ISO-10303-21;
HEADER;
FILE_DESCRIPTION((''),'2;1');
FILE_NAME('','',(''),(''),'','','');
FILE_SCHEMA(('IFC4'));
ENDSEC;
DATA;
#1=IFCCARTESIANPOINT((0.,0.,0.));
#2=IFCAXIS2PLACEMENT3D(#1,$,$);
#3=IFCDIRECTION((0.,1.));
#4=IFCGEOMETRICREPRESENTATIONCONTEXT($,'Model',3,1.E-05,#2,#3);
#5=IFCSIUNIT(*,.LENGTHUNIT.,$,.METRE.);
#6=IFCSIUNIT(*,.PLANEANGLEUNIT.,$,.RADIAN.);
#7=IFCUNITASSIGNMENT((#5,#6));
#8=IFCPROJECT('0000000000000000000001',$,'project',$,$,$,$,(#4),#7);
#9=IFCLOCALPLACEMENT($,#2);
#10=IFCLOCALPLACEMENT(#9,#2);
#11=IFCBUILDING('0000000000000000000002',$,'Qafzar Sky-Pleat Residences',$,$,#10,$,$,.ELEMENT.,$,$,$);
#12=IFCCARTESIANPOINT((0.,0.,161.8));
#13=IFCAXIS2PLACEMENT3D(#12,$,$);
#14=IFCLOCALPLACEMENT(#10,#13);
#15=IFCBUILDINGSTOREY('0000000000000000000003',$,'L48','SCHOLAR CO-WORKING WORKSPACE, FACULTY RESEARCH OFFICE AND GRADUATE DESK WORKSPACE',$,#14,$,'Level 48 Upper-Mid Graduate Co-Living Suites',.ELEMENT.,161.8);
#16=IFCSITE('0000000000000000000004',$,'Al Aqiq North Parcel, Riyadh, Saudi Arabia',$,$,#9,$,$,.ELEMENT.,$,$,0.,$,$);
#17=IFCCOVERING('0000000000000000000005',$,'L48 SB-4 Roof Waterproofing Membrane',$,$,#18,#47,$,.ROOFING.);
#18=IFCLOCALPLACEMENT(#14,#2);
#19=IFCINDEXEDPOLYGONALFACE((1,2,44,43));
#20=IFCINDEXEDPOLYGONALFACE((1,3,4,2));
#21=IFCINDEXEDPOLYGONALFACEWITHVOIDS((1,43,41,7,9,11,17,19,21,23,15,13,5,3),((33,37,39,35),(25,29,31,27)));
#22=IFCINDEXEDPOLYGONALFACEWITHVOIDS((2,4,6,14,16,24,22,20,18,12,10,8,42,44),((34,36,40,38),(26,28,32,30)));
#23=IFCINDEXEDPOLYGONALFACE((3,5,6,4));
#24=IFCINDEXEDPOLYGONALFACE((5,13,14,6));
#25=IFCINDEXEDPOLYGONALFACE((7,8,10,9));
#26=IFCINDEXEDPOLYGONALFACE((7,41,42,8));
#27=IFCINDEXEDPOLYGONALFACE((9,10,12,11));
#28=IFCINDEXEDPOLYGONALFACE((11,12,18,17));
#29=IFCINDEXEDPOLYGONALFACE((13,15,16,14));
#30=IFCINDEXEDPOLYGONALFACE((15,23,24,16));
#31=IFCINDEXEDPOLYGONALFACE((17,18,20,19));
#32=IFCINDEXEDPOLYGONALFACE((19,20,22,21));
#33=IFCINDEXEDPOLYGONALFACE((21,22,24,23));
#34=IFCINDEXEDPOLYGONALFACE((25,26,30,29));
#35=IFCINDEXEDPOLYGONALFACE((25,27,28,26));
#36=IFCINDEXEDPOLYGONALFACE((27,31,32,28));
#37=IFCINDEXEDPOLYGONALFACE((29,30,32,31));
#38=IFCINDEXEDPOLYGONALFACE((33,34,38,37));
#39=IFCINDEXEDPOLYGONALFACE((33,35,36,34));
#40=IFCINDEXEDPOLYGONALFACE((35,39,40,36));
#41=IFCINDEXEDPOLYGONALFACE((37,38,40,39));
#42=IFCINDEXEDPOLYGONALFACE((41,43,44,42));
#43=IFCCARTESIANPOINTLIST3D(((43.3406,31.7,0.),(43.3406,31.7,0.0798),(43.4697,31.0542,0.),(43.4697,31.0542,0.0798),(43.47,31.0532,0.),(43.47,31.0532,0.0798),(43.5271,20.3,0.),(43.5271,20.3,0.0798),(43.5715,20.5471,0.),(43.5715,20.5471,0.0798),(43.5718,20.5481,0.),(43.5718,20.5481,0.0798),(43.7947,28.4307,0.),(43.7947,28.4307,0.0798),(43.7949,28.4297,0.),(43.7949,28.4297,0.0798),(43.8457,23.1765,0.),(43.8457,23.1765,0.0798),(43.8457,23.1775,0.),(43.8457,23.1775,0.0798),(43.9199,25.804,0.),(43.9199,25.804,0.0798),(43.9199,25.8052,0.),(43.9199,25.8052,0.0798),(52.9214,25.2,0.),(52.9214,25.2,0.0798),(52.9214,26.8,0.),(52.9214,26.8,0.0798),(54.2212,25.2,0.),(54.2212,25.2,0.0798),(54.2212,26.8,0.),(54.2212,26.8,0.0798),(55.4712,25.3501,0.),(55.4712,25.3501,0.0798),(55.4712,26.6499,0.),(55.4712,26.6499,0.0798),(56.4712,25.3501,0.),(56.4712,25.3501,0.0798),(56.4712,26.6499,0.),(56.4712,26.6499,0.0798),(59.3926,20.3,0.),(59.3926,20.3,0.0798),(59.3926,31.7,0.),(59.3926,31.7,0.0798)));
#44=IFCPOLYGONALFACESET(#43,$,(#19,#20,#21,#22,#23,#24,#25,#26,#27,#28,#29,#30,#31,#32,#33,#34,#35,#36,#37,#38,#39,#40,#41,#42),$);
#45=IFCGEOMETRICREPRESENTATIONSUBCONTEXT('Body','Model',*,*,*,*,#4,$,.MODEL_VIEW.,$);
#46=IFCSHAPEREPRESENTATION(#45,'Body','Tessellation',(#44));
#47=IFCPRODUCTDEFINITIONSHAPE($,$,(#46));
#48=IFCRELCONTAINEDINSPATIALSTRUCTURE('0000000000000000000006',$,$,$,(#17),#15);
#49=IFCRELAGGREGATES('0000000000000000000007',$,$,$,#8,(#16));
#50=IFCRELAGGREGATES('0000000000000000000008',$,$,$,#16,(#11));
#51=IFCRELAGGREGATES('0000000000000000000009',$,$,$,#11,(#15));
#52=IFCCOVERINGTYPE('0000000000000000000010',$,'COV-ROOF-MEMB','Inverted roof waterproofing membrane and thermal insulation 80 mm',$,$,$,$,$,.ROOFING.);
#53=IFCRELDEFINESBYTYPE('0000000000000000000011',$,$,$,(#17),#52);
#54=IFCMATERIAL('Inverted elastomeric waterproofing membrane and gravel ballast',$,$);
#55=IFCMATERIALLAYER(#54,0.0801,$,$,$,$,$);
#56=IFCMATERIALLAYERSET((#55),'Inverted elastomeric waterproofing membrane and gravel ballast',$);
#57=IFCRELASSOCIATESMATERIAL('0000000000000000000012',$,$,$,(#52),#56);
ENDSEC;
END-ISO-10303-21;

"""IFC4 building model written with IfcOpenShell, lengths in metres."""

from ifc_helpers import new_model, si_unit, direction, frame, origin, place, context, subcontext, project, spatial, polyline, outline, extrude, material, layer, layer_set, type_object, element, save


model = new_model("IFC4")

# Units and contexts
model_context = context("Model", 3, precision=1e-05, world=origin(), true_north=direction((0.0, 1.0)))
body_context = subcontext(model_context, "Body", "Model", "MODEL_VIEW")
ifc_project = project(units=[si_unit("LENGTHUNIT", "METRE"), si_unit("PLANEANGLEUNIT", "RADIAN")], contexts=[model_context])

# Site, building, storey
site_placement = place(None, origin())
site = spatial("IfcSite", under=ifc_project, at=site_placement, Name="Al Aqiq North Parcel, Riyadh, Saudi Arabia", CompositionType="ELEMENT", RefElevation=0.0)
building_placement = place(site_placement, origin())
building = spatial("IfcBuilding", under=site, at=building_placement, Name="Qafzar Sky-Pleat Residences", CompositionType="ELEMENT")
storey_placement = place(building_placement, frame((0.0, 0.0, 161.8)))
storey = spatial("IfcBuildingStorey", under=building, at=storey_placement, Name="L48", Description="SCHOLAR CO-WORKING WORKSPACE, FACULTY RESEARCH OFFICE AND GRADUATE DESK WORKSPACE", LongName="Level 48 Upper-Mid Graduate Co-Living Suites", CompositionType="ELEMENT", Elevation=161.8)

# Covering
ifc_material_1 = material(Name="Inverted elastomeric waterproofing membrane and gravel ballast")
ifc_layer_1 = layer(ifc_material_1, 0.0801)
ifc_layer_set_1 = layer_set([ifc_layer_1], Name="Inverted elastomeric waterproofing membrane and gravel ballast")
covering_type_1 = type_object("IfcCoveringType", Name="COV-ROOF-MEMB", Description="Inverted roof waterproofing membrane and thermal insulation 80 mm", PredefinedType="ROOFING", material=ifc_layer_set_1)
covering_1_placement = place(storey_placement, origin())
element("IfcCovering", 1, at=covering_1_placement, inside=storey, type_object=covering_type_1, Name="L48 SB-4 Roof Waterproofing Membrane", PredefinedType="ROOFING", context=body_context, shape_type="SweptSolid", body=[
    extrude(outline(polyline([(59.3926, 31.7), (59.3926, 20.3), (43.5271, 20.3), (43.5715, 20.5471), (43.5718, 20.5481), (43.8457, 23.1765), (43.8457, 23.1775), (43.9199, 25.804), (43.9199, 25.8052), (43.7949, 28.4297), (43.7947, 28.4307), (43.47, 31.0532), (43.4697, 31.0542), (43.3406, 31.7), (59.3926, 31.7)]), holes=[polyline([(52.9214, 25.2), (54.2212, 25.2), (54.2212, 26.8), (52.9214, 26.8), (52.9214, 25.2)]), polyline([(55.4712, 25.3501), (56.4712, 25.3501), (56.4712, 26.6499), (55.4712, 26.6499), (55.4712, 25.3501)])]), origin(), (0.0, 0.0, 1.0), 0.0798),
])

save(model, "model.ifc")
